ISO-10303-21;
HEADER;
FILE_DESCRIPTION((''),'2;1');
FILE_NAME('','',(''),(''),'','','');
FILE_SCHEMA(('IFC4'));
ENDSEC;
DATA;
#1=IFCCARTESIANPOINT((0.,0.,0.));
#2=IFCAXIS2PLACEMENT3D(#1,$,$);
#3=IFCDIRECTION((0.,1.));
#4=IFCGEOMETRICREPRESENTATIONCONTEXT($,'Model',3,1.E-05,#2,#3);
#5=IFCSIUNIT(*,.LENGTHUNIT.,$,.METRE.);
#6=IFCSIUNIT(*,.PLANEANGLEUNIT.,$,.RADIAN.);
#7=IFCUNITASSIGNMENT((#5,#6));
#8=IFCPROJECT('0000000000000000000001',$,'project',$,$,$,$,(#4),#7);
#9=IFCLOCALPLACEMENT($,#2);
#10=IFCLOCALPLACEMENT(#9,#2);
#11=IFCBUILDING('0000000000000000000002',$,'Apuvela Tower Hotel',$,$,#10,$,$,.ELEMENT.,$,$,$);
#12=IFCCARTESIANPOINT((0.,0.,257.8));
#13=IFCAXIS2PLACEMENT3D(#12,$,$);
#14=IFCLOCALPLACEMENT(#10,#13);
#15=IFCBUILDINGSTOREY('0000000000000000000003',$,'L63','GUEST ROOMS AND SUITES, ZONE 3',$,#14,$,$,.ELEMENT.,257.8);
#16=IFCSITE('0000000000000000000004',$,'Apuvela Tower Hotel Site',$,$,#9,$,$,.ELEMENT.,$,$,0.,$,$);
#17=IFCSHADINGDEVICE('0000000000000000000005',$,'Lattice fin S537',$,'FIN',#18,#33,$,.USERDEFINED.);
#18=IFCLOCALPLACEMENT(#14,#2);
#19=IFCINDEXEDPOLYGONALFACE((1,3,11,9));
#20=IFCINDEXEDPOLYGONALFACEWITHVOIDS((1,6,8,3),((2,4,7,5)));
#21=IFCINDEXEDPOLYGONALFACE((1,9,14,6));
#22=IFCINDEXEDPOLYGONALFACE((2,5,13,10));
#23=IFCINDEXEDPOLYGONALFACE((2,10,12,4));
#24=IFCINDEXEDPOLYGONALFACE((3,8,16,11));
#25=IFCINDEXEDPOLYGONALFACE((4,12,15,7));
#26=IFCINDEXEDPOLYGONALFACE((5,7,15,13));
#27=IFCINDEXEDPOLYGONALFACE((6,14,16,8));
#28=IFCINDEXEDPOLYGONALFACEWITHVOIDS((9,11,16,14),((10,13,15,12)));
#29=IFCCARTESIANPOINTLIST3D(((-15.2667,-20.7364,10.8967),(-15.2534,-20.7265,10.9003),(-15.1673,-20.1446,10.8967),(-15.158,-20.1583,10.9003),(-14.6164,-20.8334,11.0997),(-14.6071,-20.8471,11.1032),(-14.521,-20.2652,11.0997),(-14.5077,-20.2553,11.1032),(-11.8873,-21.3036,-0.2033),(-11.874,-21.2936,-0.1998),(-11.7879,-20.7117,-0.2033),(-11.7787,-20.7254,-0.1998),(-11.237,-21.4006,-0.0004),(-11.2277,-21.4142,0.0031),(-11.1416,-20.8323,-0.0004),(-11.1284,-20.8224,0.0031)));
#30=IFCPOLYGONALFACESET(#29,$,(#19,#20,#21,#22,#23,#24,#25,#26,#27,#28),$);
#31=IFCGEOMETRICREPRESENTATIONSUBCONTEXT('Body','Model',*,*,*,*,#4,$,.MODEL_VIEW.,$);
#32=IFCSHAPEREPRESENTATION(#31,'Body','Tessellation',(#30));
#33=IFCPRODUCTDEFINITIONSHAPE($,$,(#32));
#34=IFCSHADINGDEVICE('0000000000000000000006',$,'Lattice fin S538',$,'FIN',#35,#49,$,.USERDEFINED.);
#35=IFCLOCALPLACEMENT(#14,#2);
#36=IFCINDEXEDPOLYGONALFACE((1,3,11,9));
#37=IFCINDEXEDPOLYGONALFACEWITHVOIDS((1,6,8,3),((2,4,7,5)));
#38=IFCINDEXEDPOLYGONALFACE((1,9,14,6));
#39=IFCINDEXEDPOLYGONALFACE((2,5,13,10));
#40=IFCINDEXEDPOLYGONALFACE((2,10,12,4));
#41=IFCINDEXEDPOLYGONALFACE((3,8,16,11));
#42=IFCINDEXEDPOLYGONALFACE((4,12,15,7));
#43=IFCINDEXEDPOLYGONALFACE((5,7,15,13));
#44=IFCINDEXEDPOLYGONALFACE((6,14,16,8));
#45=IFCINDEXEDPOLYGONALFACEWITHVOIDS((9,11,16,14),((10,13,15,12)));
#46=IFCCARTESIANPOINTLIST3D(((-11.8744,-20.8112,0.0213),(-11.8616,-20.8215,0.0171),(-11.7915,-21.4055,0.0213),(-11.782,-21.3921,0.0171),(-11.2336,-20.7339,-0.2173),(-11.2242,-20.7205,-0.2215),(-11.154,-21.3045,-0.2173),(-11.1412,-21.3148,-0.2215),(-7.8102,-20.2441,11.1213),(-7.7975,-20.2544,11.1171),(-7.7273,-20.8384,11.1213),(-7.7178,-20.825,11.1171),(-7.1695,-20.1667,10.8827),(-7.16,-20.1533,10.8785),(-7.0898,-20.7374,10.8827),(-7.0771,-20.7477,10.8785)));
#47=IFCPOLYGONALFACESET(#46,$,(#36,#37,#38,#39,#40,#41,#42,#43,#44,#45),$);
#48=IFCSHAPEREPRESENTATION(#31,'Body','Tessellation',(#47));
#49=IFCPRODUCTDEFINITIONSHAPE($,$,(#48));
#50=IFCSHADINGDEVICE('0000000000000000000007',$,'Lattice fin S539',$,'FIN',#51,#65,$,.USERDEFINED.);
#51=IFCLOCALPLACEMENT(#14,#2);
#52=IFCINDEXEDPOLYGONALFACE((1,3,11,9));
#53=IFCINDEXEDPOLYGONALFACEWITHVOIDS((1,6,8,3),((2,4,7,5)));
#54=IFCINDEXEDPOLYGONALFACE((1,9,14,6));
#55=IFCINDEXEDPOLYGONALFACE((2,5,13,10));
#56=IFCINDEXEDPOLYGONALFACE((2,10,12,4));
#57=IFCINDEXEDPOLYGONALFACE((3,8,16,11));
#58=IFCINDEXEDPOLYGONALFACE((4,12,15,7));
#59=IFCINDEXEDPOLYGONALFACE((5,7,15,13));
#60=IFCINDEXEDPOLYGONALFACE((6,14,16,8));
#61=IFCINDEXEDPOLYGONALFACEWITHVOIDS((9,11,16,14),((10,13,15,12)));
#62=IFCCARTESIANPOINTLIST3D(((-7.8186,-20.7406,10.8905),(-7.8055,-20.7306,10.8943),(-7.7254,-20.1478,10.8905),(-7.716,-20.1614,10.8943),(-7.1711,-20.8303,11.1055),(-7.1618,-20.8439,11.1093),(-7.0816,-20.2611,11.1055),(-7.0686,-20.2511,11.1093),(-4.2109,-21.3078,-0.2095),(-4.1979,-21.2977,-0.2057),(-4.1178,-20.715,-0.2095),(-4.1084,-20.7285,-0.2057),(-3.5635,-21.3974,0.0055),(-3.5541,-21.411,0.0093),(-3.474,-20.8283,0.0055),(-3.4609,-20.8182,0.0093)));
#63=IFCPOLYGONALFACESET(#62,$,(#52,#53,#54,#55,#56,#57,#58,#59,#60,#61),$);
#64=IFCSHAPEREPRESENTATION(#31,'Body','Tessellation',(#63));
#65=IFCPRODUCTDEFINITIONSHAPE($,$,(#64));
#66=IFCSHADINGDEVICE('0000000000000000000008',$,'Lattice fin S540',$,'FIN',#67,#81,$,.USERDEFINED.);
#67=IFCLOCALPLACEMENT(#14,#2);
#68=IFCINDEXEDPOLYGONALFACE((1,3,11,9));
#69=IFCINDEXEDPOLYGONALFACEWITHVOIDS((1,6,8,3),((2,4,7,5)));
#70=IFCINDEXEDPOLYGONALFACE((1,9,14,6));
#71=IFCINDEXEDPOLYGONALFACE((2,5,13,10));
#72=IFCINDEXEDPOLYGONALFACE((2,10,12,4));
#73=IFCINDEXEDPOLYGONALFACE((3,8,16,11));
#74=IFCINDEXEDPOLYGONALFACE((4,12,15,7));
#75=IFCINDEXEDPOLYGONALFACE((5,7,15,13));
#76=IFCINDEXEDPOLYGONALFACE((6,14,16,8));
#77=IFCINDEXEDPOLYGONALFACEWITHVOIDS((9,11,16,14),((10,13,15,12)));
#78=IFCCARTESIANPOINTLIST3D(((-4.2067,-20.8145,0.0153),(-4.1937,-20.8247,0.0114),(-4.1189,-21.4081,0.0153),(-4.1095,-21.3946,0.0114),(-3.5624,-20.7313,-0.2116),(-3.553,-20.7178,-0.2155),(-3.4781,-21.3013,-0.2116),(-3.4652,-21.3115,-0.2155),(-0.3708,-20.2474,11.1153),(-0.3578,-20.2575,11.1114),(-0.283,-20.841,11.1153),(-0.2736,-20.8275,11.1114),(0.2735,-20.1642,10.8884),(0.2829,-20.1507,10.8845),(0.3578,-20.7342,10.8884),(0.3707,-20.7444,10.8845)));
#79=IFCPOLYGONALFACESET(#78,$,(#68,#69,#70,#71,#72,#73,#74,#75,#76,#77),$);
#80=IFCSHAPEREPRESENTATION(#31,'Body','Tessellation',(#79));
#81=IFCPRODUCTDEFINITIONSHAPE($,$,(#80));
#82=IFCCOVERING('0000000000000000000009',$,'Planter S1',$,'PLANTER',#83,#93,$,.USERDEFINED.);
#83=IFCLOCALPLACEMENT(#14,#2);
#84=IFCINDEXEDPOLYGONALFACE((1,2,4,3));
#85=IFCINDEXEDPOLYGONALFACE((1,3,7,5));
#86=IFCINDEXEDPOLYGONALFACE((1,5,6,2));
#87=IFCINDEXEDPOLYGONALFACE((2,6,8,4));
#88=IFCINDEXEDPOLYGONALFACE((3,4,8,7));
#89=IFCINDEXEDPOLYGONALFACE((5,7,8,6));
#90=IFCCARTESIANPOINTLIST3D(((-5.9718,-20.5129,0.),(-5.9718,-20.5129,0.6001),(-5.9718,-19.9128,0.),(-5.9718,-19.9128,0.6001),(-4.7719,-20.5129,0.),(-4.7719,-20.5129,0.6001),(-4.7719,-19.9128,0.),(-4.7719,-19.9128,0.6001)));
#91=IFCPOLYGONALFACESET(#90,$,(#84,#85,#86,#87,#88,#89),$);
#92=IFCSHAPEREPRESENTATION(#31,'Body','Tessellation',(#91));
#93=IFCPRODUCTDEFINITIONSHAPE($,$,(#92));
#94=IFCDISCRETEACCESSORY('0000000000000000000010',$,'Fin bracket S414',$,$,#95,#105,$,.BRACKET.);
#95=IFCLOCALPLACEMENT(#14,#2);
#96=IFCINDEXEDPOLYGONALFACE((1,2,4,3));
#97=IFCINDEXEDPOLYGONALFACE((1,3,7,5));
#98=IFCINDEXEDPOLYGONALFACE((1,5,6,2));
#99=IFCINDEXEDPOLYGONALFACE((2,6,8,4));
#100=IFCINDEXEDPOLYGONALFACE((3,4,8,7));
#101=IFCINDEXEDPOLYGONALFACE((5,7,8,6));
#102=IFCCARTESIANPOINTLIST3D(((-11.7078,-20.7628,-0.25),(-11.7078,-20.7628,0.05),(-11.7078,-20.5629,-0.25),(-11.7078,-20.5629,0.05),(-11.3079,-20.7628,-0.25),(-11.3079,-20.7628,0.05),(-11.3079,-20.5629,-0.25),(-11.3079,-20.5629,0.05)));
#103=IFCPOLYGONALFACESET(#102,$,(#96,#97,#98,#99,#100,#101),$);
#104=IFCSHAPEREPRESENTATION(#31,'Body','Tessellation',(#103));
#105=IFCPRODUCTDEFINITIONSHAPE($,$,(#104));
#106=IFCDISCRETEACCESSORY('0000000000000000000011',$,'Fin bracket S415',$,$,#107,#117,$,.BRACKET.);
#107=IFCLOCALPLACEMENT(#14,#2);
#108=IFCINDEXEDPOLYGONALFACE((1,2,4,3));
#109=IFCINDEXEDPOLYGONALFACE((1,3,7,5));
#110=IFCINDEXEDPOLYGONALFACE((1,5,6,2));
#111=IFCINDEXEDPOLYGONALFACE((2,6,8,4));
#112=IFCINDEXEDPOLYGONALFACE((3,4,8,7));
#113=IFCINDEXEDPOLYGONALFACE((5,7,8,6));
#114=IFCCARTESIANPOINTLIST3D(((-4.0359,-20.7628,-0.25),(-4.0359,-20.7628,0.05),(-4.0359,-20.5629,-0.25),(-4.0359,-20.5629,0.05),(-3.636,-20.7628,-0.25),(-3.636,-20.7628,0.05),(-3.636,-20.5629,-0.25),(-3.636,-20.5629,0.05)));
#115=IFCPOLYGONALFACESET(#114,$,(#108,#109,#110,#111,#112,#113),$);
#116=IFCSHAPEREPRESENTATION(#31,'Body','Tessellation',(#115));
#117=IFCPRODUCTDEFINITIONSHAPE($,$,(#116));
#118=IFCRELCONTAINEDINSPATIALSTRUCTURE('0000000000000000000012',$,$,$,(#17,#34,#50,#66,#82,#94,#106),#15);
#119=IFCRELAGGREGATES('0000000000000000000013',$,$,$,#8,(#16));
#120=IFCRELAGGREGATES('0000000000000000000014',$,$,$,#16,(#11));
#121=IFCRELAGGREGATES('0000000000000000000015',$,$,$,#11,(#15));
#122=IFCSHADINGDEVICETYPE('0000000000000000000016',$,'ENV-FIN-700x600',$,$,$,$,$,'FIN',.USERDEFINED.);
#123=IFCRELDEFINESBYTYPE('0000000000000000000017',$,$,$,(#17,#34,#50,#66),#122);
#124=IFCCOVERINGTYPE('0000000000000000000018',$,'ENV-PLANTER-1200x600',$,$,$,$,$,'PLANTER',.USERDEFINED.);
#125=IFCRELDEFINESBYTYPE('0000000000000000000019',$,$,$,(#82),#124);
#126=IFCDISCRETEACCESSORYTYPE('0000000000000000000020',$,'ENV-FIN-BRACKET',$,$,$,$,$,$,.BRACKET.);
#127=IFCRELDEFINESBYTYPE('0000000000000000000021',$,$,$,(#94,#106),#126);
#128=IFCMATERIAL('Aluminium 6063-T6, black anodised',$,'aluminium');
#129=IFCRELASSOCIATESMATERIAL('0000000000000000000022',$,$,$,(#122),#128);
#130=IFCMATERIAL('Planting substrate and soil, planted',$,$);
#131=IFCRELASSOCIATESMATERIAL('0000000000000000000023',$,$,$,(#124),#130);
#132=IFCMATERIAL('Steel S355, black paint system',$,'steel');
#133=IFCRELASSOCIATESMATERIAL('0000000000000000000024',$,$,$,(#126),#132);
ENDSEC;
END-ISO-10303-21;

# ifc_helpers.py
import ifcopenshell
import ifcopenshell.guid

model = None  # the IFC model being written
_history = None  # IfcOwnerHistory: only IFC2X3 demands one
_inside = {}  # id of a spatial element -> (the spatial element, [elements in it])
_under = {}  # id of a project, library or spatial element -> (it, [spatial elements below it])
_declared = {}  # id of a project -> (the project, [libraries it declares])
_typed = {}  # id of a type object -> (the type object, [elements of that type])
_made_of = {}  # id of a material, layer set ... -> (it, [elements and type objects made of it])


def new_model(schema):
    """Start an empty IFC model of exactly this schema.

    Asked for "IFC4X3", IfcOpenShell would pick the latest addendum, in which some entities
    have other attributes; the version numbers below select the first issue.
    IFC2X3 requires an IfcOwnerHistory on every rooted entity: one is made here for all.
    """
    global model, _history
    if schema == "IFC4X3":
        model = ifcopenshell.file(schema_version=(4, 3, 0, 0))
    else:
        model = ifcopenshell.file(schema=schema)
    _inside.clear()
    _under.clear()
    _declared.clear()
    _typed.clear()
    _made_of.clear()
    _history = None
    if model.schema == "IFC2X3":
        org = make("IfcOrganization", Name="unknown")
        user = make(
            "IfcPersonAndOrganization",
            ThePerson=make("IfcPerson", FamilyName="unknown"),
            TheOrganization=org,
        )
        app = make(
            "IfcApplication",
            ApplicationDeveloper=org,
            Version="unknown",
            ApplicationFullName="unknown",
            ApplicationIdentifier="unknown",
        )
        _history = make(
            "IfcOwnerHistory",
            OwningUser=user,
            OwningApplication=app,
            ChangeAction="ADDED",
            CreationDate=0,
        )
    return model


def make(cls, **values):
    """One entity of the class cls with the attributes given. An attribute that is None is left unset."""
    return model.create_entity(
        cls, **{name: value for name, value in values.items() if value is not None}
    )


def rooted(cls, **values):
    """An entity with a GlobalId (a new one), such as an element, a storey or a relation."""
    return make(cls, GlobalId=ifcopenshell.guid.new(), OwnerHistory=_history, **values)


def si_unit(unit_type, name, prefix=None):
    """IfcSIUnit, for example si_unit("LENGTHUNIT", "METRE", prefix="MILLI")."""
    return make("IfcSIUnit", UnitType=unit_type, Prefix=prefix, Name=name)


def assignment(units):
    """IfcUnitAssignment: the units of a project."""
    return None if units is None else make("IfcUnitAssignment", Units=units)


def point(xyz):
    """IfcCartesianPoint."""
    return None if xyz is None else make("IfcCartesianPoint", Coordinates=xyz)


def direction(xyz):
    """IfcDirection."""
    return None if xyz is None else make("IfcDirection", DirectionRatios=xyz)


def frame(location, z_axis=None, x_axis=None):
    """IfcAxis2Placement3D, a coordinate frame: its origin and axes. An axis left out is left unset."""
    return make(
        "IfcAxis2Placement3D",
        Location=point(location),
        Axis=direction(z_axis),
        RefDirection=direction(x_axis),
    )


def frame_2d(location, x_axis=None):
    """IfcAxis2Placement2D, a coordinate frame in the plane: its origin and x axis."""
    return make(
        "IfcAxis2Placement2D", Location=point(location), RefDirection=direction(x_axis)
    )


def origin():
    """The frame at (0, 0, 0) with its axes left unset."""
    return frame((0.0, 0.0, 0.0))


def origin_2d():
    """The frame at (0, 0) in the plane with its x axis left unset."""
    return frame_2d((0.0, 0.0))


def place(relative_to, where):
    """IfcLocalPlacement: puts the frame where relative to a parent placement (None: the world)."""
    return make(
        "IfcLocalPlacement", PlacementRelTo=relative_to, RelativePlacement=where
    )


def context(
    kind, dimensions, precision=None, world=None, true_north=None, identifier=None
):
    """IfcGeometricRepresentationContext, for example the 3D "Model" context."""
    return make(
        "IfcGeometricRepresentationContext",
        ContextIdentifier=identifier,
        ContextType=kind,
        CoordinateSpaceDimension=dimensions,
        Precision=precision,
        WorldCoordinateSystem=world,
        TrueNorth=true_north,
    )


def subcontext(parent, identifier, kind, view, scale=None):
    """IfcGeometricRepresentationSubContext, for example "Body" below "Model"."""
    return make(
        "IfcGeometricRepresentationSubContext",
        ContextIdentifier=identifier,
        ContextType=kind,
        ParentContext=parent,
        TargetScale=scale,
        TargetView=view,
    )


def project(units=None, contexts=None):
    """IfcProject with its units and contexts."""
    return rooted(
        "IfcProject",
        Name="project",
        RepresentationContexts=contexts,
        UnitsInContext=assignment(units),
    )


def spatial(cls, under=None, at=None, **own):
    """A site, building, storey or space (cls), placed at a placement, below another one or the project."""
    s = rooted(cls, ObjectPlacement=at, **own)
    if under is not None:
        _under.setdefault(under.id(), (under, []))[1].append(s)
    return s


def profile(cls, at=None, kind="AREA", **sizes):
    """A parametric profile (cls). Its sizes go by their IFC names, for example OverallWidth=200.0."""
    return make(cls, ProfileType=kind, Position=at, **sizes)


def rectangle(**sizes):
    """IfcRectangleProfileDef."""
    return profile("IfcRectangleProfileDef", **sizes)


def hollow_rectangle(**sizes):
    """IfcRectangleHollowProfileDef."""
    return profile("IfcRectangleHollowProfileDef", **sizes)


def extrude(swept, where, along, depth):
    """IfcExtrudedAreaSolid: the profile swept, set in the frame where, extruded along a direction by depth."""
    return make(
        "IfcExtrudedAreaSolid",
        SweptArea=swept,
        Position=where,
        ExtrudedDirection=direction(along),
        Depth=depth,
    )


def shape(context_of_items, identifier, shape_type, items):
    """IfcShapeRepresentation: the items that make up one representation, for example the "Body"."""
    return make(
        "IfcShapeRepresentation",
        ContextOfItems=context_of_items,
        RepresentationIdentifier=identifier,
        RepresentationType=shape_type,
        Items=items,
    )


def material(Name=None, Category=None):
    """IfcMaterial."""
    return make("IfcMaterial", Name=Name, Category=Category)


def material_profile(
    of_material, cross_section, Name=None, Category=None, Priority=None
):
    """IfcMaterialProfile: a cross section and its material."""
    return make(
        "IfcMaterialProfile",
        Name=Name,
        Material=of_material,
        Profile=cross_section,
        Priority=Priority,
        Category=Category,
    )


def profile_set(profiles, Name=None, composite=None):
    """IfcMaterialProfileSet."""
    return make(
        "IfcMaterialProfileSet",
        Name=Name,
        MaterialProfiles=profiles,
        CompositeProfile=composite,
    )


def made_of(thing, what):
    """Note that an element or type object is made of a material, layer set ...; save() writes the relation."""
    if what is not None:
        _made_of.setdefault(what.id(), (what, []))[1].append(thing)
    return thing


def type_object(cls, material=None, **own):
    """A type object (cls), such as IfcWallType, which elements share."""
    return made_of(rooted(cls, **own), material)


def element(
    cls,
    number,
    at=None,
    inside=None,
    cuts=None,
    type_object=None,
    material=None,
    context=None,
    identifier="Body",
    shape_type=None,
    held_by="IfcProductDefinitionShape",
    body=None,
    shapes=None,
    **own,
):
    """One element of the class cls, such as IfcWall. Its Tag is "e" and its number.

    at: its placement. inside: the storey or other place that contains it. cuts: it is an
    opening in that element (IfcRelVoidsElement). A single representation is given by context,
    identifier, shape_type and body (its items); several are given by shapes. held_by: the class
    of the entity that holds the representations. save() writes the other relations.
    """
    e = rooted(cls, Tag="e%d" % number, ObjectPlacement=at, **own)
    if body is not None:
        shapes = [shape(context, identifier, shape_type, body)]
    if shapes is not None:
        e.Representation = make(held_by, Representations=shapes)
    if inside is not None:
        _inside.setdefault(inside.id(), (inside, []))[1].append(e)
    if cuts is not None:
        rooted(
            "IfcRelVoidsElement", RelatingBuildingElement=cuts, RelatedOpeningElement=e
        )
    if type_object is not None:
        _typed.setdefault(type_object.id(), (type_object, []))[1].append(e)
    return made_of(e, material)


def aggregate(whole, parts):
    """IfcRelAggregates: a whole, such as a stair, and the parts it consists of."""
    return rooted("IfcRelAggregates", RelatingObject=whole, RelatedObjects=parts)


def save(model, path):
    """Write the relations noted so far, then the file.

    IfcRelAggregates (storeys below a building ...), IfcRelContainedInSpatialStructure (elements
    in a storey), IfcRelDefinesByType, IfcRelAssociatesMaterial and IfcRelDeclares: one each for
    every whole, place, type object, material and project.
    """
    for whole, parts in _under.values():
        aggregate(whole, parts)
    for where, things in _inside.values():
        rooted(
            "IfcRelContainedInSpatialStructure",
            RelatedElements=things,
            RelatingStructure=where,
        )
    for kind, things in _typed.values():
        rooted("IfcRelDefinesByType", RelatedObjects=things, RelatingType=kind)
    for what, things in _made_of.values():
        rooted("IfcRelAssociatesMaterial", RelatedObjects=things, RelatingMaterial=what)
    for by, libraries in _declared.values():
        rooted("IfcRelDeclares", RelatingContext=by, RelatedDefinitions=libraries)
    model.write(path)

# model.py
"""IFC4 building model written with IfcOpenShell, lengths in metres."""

from ifc_helpers import new_model, si_unit, direction, frame, origin, origin_2d, place, context, subcontext, project, spatial, rectangle, hollow_rectangle, extrude, material, material_profile, profile_set, type_object, element, save


model = new_model("IFC4")

# Units and contexts
model_context = context("Model", 3, precision=1e-05, world=origin(), true_north=direction((0.0, 1.0)))
body_context = subcontext(model_context, "Body", "Model", "MODEL_VIEW")
ifc_project = project(units=[si_unit("LENGTHUNIT", "METRE"), si_unit("PLANEANGLEUNIT", "RADIAN")], contexts=[model_context])

# Site, building, storey
site_placement = place(None, origin())
site = spatial("IfcSite", under=ifc_project, at=site_placement, Name="Apuvela Tower Hotel Site", CompositionType="ELEMENT", RefElevation=0.0)
building_placement = place(site_placement, origin())
building = spatial("IfcBuilding", under=site, at=building_placement, Name="Apuvela Tower Hotel", CompositionType="ELEMENT")
storey_placement = place(building_placement, frame((0.0, 0.0, 257.8)))
storey = spatial("IfcBuildingStorey", under=building, at=storey_placement, Name="L63", Description="GUEST ROOMS AND SUITES, ZONE 3", CompositionType="ELEMENT", Elevation=257.8)

# Shading devices
ifc_material_1 = material(Name="Aluminium 6063-T6, black anodised", Category="aluminium")
ifc_material_profile_1 = material_profile(ifc_material_1, hollow_rectangle(XDim=0.6001, YDim=0.7, WallThickness=0.012, at=origin_2d()), Name="AL BOX 700x600x12")
ifc_profile_set_1 = profile_set([ifc_material_profile_1], Name="Aluminium 6063-T6, black anodised")
shading_device_type = type_object("IfcShadingDeviceType", Name="ENV-FIN-700x600", ElementType="FIN", PredefinedType="USERDEFINED", material=ifc_profile_set_1)
shading_device_1_placement = place(storey_placement, frame((-11.5078, -21.063, -0.1001), z_axis=(-0.290901, 0.04882, 0.955507), x_axis=(-0.165508, -0.986208, 0.0)))
element("IfcShadingDevice", 1, at=shading_device_1_placement, inside=storey, type_object=shading_device_type, Name="Lattice fin S537", ObjectType="FIN", PredefinedType="USERDEFINED", context=body_context, shape_type="SweptSolid", body=[
    extrude(hollow_rectangle(XDim=0.6001, YDim=0.7, WallThickness=0.012, at=origin_2d()), origin(), (0.0, 0.0, 1.0), 11.6169),
])
shading_device_2_placement = place(storey_placement, frame((-11.5078, -21.063, -0.1001), z_axis=(0.343425, 0.047923, 0.937957), x_axis=(-0.138206, 0.990404, 0.0)))
element("IfcShadingDevice", 2, at=shading_device_2_placement, inside=storey, type_object=shading_device_type, Name="Lattice fin S538", ObjectType="FIN", PredefinedType="USERDEFINED", context=body_context, shape_type="SweptSolid", body=[
    extrude(hollow_rectangle(XDim=0.6001, YDim=0.7, WallThickness=0.012, at=origin_2d()), origin(), (0.0, 0.0, 1.0), 11.8342),
])
shading_device_3_placement = place(storey_placement, frame((-3.8359, -21.063, -0.1001), z_axis=(-0.308732, 0.048534, 0.94991), x_axis=(-0.155297, -0.987868, 0.0)))
element("IfcShadingDevice", 3, at=shading_device_3_placement, inside=storey, type_object=shading_device_type, Name="Lattice fin S539", ObjectType="FIN", PredefinedType="USERDEFINED", context=body_context, shape_type="SweptSolid", body=[
    extrude(hollow_rectangle(XDim=0.6001, YDim=0.7, WallThickness=0.012, at=origin_2d()), origin(), (0.0, 0.0, 1.0), 11.6853),
])
shading_device_4_placement = place(storey_placement, frame((-3.8359, -21.063, -0.1001), z_axis=(0.326243, 0.048235, 0.944054), x_axis=(-0.146259, 0.989246, 0.0)))
element("IfcShadingDevice", 4, at=shading_device_4_placement, inside=storey, type_object=shading_device_type, Name="Lattice fin S540", ObjectType="FIN", PredefinedType="USERDEFINED", context=body_context, shape_type="SweptSolid", body=[
    extrude(hollow_rectangle(XDim=0.6001, YDim=0.7, WallThickness=0.012, at=origin_2d()), origin(), (0.0, 0.0, 1.0), 11.7578),
])

# Covering
ifc_material_2 = material(Name="Planting substrate and soil, planted")
covering_type = type_object("IfcCoveringType", Name="ENV-PLANTER-1200x600", ElementType="PLANTER", PredefinedType="USERDEFINED", material=ifc_material_2)
covering_placement = place(storey_placement, frame((-5.3718, -20.2129, 0.0), z_axis=(0.0, 0.0, 1.0), x_axis=(1.0, 0.0, 0.0)))
element("IfcCovering", 5, at=covering_placement, inside=storey, type_object=covering_type, Name="Planter S1", ObjectType="PLANTER", PredefinedType="USERDEFINED", context=body_context, shape_type="SweptSolid", body=[
    extrude(rectangle(XDim=1.2, YDim=0.6001, at=origin_2d()), origin(), (0.0, 0.0, 1.0), 0.6001),
])

# Discrete accessories
ifc_material_3 = material(Name="Steel S355, black paint system", Category="steel")
discrete_accessory_type = type_object("IfcDiscreteAccessoryType", Name="ENV-FIN-BRACKET", PredefinedType="BRACKET", material=ifc_material_3)
for number, where, z_axis, x_axis, name in (
    (6, (-11.5078, -20.6628, -0.25), (0.0, 0.0, 1.0), (1.0, 0.0, 0.0), "Fin bracket S414"),
    (7, (-3.8359, -20.6628, -0.25), (0.0, 0.0, 1.0), (1.0, 0.0, 0.0), "Fin bracket S415"),
):
    element("IfcDiscreteAccessory", number, at=place(storey_placement, frame(where, z_axis=z_axis, x_axis=x_axis)), inside=storey, type_object=discrete_accessory_type, Name=name, PredefinedType="BRACKET", context=body_context, shape_type="SweptSolid", body=[
        extrude(rectangle(XDim=0.3999, YDim=0.2, at=origin_2d()), origin(), (0.0, 0.0, 1.0), 0.3),
    ])

save(model, "model.ifc")
